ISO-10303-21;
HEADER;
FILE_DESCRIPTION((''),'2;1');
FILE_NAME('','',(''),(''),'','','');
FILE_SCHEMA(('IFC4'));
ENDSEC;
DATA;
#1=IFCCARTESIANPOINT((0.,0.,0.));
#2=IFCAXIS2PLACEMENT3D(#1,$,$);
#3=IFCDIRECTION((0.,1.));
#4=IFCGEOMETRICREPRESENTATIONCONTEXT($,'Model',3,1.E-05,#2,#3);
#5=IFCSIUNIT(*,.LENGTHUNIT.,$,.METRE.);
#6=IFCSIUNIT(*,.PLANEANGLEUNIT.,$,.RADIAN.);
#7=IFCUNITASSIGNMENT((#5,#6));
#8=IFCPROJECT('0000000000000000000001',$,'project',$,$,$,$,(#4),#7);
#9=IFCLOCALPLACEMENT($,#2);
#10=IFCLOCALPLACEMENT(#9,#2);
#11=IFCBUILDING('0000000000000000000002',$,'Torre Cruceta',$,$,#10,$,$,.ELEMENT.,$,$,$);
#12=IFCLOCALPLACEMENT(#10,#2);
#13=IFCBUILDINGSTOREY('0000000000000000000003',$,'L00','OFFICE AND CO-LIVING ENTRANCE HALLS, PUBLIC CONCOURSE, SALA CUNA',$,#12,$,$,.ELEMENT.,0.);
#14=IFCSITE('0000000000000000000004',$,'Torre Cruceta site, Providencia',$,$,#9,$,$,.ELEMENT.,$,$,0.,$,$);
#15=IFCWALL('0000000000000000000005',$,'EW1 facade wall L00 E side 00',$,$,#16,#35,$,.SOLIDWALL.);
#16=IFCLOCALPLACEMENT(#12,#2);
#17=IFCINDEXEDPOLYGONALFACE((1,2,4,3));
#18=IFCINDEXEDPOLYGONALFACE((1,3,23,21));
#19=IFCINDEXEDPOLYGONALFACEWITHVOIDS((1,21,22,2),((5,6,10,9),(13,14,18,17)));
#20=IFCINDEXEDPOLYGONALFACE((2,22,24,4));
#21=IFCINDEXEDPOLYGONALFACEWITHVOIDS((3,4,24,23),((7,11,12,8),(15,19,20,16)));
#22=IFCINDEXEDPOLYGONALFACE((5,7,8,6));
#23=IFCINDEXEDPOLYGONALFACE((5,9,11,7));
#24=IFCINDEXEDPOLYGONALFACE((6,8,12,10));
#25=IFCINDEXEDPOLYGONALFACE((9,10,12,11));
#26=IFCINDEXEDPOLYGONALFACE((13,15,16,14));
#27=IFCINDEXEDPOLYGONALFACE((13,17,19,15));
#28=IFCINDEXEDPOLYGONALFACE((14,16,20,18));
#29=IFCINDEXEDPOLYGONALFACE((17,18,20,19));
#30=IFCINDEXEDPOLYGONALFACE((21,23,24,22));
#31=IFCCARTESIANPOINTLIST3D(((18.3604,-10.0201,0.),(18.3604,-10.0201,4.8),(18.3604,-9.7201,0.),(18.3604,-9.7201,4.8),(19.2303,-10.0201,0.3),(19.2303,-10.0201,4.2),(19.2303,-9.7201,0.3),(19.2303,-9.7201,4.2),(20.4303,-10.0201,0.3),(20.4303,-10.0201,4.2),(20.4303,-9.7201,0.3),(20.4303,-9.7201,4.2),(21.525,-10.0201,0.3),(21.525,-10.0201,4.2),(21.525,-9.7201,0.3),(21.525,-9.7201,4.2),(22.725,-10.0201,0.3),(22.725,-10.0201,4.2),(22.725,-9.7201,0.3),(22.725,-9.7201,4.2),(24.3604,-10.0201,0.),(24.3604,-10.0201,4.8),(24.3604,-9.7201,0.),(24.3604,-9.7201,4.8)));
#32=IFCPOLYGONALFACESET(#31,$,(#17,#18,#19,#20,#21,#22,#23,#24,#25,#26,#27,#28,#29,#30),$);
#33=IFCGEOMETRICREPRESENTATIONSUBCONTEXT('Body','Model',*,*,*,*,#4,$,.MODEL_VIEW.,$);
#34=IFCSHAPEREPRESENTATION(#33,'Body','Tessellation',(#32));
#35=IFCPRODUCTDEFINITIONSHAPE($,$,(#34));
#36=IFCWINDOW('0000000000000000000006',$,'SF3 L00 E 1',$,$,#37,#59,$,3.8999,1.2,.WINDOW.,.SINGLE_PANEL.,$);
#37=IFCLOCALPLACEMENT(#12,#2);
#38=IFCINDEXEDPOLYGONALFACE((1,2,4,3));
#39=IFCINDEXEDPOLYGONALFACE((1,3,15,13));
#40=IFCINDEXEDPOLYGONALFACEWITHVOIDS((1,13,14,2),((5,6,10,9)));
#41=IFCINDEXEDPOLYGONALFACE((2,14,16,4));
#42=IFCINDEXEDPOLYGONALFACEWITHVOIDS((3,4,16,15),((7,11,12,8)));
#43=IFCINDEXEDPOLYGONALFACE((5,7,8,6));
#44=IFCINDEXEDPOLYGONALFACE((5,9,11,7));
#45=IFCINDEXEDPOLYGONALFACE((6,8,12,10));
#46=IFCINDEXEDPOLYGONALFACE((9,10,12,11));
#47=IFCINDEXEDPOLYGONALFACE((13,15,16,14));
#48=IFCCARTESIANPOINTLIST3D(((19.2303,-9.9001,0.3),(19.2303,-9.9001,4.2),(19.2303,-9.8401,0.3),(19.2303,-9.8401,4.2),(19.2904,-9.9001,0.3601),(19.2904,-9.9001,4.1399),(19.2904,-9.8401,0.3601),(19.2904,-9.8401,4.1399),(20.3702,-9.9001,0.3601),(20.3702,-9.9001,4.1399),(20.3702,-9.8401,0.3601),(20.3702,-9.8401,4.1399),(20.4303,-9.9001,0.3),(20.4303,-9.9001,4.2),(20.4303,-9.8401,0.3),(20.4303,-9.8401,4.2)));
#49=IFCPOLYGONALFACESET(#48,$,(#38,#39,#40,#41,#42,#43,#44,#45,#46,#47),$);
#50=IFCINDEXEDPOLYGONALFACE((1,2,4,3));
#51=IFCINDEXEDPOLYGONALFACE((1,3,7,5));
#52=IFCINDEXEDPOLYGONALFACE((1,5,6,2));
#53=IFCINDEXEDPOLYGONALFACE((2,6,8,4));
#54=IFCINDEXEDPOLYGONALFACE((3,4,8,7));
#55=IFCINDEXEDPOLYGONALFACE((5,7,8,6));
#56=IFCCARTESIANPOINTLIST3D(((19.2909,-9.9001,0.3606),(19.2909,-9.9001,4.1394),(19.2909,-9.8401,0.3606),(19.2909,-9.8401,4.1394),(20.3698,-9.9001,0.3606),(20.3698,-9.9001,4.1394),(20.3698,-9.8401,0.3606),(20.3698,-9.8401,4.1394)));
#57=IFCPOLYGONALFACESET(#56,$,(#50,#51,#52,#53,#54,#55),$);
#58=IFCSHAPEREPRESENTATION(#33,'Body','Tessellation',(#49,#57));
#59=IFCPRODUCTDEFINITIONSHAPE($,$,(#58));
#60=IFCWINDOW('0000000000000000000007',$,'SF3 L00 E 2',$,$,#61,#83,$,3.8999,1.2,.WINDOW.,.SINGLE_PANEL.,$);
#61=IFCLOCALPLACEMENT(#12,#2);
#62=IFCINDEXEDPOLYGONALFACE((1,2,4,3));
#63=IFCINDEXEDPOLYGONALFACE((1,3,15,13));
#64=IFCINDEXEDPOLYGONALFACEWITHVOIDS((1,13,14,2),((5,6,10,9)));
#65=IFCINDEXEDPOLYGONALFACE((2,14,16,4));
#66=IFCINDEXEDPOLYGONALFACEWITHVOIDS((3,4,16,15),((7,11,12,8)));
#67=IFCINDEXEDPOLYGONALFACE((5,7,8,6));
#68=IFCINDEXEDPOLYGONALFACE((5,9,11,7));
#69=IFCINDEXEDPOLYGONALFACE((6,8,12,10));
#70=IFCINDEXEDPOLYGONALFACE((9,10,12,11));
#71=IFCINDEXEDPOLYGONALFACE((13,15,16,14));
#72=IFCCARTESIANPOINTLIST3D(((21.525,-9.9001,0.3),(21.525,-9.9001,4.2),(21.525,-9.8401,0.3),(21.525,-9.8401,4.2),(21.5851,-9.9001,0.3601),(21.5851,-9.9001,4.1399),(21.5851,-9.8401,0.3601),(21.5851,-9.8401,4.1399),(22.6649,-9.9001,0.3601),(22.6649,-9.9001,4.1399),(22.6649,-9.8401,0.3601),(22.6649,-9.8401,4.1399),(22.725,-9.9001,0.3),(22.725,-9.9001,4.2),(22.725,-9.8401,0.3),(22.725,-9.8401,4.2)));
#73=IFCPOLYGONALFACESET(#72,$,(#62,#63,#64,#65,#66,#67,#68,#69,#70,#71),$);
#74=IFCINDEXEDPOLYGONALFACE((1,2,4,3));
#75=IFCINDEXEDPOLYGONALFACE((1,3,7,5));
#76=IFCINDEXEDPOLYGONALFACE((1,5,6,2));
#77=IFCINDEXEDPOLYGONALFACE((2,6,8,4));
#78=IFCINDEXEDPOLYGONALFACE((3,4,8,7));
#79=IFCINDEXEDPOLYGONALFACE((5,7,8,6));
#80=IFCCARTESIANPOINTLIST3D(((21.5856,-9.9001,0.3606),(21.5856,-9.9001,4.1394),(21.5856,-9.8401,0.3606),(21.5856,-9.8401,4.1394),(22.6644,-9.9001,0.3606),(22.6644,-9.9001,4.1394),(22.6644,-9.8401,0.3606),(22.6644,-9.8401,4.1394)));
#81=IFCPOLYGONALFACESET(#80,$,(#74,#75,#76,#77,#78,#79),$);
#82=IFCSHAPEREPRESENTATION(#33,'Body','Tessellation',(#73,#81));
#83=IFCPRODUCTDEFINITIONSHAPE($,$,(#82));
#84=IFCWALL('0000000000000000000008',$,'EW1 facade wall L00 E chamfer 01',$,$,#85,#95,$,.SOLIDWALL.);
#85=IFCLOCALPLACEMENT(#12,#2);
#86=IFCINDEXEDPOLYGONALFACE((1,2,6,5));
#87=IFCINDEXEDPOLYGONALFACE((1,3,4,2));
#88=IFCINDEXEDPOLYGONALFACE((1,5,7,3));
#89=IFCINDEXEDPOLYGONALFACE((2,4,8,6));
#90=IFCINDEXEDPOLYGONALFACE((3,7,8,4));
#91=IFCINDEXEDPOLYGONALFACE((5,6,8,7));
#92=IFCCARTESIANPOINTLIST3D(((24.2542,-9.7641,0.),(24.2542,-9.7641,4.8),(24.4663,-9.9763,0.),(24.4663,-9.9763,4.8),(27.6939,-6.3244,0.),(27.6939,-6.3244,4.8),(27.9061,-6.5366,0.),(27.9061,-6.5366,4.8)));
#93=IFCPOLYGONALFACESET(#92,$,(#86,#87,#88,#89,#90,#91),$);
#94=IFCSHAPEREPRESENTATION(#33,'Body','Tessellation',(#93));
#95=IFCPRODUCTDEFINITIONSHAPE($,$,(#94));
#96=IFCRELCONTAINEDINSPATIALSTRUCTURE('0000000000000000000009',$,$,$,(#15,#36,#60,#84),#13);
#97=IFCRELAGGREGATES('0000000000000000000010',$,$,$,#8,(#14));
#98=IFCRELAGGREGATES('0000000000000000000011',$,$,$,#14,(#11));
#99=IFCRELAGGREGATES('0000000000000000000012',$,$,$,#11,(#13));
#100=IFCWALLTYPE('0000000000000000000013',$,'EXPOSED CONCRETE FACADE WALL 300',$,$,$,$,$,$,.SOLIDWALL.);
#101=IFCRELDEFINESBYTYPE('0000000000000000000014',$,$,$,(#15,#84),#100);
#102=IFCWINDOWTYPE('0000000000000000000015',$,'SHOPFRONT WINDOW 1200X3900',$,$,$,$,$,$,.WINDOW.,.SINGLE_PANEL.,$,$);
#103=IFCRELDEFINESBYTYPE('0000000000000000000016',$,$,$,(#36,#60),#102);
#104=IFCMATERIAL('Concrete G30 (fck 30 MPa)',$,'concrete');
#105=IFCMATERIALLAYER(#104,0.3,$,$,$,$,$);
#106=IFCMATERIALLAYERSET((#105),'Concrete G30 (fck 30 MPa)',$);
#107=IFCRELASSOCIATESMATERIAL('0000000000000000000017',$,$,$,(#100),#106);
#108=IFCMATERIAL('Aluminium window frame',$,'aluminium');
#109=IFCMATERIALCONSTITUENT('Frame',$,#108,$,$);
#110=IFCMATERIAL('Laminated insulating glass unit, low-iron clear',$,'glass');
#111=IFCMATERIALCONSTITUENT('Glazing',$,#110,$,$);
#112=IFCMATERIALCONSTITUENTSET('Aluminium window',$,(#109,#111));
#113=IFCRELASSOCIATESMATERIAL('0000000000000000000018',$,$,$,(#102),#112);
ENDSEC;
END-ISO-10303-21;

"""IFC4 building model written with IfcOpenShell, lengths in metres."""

from ifc_helpers import new_model, si_unit, direction, frame, frame_2d, origin, place, context, subcontext, project, spatial, rectangle, hollow_rectangle, extrude, material, layer, layer_set, constituent, constituent_set, type_object, element, fill, save


model = new_model("IFC4")

# Units and contexts
model_context = context("Model", 3, precision=1e-05, world=origin(), true_north=direction((0.0, 1.0)))
body_context = subcontext(model_context, "Body", "Model", "MODEL_VIEW")
ifc_project = project(units=[si_unit("LENGTHUNIT", "METRE"), si_unit("PLANEANGLEUNIT", "RADIAN")], contexts=[model_context])

# Site, building, storey
site_placement = place(None, origin())
site = spatial("IfcSite", under=ifc_project, at=site_placement, Name="Torre Cruceta site, Providencia", CompositionType="ELEMENT", RefElevation=0.0)
building_placement = place(site_placement, origin())
building = spatial("IfcBuilding", under=site, at=building_placement, Name="Torre Cruceta", CompositionType="ELEMENT")
storey_placement = place(building_placement, origin())
storey = spatial("IfcBuildingStorey", under=building, at=storey_placement, Name="L00", Description="OFFICE AND CO-LIVING ENTRANCE HALLS, PUBLIC CONCOURSE, SALA CUNA", CompositionType="ELEMENT", Elevation=0.0)

# Wall, openings, windows
ifc_material_1 = material(Name="Concrete G30 (fck 30 MPa)", Category="concrete")
ifc_layer_1 = layer(ifc_material_1, 0.3)
ifc_layer_set_1 = layer_set([ifc_layer_1], Name="Concrete G30 (fck 30 MPa)")
wall_type_1 = type_object("IfcWallType", Name="EXPOSED CONCRETE FACADE WALL 300", PredefinedType="SOLIDWALL", material=ifc_layer_set_1)
wall_1_placement = place(storey_placement, frame((18.3604, -9.8701, 0.0), z_axis=(0.0, 0.0, 1.0), x_axis=(1.0, 0.0, 0.0)))
wall_1 = element("IfcWall", 1, at=wall_1_placement, inside=storey, type_object=wall_type_1, Name="EW1 facade wall L00 E side 00", PredefinedType="SOLIDWALL", context=body_context, shape_type="SweptSolid", body=[
    extrude(rectangle(XDim=6.0, YDim=0.3, at=frame_2d((3.0, 0.0))), origin(), (0.0, 0.0, 1.0), 4.8),
])
opening_1_placement = place(wall_1_placement, frame((0.8699, 0.0, 0.3)))
opening_1 = element("IfcOpeningElement", 2, at=opening_1_placement, cuts=wall_1, PredefinedType="OPENING", context=body_context, shape_type="SweptSolid", body=[
    extrude(rectangle(XDim=1.2, YDim=3.8999, at=frame_2d((0.6001, 1.95))), frame((0.0, 0.1599, 0.0), z_axis=(0.0, -1.0, 0.0), x_axis=(1.0, 0.0, 0.0)), (0.0, 0.0, 1.0), 0.3201),
])
opening_2_placement = place(wall_1_placement, frame((3.1646, 0.0, 0.3)))
opening_2 = element("IfcOpeningElement", 3, at=opening_2_placement, cuts=wall_1, PredefinedType="OPENING", context=body_context, shape_type="SweptSolid", body=[
    extrude(rectangle(XDim=1.2, YDim=3.8999, at=frame_2d((0.6001, 1.95))), frame((0.0, 0.1599, 0.0), z_axis=(0.0, -1.0, 0.0), x_axis=(1.0, 0.0, 0.0)), (0.0, 0.0, 1.0), 0.3201),
])
ifc_material_2 = material(Name="Aluminium window frame", Category="aluminium")
ifc_constituent_1 = constituent(ifc_material_2, Name="Frame")
ifc_material_3 = material(Name="Laminated insulating glass unit, low-iron clear", Category="glass")
ifc_constituent_2 = constituent(ifc_material_3, Name="Glazing")
ifc_constituent_set_1 = constituent_set(constituents=[ifc_constituent_1, ifc_constituent_2], Name="Aluminium window")
window_type_1 = type_object("IfcWindowType", Name="SHOPFRONT WINDOW 1200X3900", PartitioningType="SINGLE_PANEL", PredefinedType="WINDOW", material=ifc_constituent_set_1)
window_1_placement = place(opening_1_placement, origin())
window_1 = element("IfcWindow", 4, at=window_1_placement, inside=storey, type_object=window_type_1, Name="SF3 L00 E 1", OverallHeight=3.8999, OverallWidth=1.2, PartitioningType="SINGLE_PANEL", PredefinedType="WINDOW", context=body_context, shape_type="SweptSolid", body=[
    extrude(hollow_rectangle(XDim=1.2, YDim=3.8999, WallThickness=0.0601, at=frame_2d((0.6001, 1.95))), frame((0.0, 0.03, 0.0), z_axis=(0.0, -1.0, 0.0), x_axis=(1.0, 0.0, 0.0)), (0.0, 0.0, 1.0), 0.0601),
    extrude(rectangle(XDim=1.0789, YDim=3.7788, at=frame_2d((0.6001, 1.95))), frame((0.0, 0.03, 0.0), z_axis=(0.0, -1.0, 0.0), x_axis=(1.0, 0.0, 0.0)), (0.0, 0.0, 1.0), 0.0601),
])
fill(opening_1, window_1)
window_2_placement = place(opening_2_placement, origin())
window_2 = element("IfcWindow", 5, at=window_2_placement, inside=storey, type_object=window_type_1, Name="SF3 L00 E 2", OverallHeight=3.8999, OverallWidth=1.2, PartitioningType="SINGLE_PANEL", PredefinedType="WINDOW", context=body_context, shape_type="SweptSolid", body=[
    extrude(hollow_rectangle(XDim=1.2, YDim=3.8999, WallThickness=0.0601, at=frame_2d((0.6001, 1.95))), frame((0.0, 0.03, 0.0), z_axis=(0.0, -1.0, 0.0), x_axis=(1.0, 0.0, 0.0)), (0.0, 0.0, 1.0), 0.0601),
    extrude(rectangle(XDim=1.0789, YDim=3.7788, at=frame_2d((0.6001, 1.95))), frame((0.0, 0.03, 0.0), z_axis=(0.0, -1.0, 0.0), x_axis=(1.0, 0.0, 0.0)), (0.0, 0.0, 1.0), 0.0601),
])
fill(opening_2, window_2)

# Wall
wall_2_placement = place(storey_placement, frame((24.3604, -9.8701, 0.0), z_axis=(0.0, 0.0, 1.0), x_axis=(0.707107, 0.707107, 0.0)))
element("IfcWall", 6, at=wall_2_placement, inside=storey, type_object=wall_type_1, Name="EW1 facade wall L00 E chamfer 01", PredefinedType="SOLIDWALL", context=body_context, shape_type="SweptSolid", body=[
    extrude(rectangle(XDim=4.8645, YDim=0.3, at=frame_2d((2.4321, 0.0))), origin(), (0.0, 0.0, 1.0), 4.8),
])

save(model, "model.ifc")
